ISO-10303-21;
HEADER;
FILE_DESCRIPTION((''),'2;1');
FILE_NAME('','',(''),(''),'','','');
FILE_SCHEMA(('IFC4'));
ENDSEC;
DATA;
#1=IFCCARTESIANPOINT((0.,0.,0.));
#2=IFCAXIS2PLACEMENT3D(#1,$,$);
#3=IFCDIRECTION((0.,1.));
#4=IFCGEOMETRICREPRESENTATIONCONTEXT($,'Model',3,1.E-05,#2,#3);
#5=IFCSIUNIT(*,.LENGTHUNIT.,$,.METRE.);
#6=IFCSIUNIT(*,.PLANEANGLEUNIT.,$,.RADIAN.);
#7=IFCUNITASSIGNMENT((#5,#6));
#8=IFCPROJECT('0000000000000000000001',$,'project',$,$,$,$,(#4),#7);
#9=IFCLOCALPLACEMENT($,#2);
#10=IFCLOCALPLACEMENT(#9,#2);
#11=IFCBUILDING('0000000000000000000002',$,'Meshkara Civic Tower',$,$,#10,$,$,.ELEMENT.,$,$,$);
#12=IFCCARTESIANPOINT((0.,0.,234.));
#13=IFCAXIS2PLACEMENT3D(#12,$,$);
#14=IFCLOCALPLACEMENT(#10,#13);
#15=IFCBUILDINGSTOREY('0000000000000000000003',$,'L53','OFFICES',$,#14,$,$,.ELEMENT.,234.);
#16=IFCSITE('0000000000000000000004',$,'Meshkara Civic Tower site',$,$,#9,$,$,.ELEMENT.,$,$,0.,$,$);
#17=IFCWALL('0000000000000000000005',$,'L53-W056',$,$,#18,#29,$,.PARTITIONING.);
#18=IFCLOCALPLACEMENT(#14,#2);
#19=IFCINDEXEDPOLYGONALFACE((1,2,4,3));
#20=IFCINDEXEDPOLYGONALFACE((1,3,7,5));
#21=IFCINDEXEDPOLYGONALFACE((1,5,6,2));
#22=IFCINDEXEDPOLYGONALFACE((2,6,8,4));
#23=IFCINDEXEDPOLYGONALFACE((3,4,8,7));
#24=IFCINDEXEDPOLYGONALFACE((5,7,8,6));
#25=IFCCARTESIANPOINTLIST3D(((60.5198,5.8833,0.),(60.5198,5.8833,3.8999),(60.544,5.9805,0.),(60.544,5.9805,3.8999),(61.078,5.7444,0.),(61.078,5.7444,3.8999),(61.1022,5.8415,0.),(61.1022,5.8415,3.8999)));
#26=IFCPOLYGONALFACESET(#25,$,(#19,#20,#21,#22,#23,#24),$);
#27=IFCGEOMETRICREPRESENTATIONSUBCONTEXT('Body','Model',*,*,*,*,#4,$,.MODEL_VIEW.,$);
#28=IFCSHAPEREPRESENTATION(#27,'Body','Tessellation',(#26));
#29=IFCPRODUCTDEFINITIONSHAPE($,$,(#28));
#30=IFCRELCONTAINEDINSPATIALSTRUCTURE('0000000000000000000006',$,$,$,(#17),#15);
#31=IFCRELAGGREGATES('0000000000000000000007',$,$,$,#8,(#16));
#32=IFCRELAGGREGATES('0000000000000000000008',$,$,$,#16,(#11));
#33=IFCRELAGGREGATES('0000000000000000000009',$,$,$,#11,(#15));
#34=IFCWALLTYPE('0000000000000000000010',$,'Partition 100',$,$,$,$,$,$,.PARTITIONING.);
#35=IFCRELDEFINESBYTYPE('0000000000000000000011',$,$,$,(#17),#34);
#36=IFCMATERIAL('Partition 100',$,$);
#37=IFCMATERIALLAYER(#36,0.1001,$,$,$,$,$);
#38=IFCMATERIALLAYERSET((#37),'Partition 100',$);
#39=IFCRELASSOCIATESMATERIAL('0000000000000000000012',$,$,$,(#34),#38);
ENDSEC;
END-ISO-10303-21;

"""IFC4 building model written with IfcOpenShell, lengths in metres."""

from ifc_helpers import new_model, si_unit, direction, frame, frame_2d, origin, place, context, subcontext, project, spatial, rectangle, extrude, material, layer, layer_set, type_object, element, save


model = new_model("IFC4")

# Units and contexts
model_context = context("Model", 3, precision=1e-05, world=origin(), true_north=direction((0.0, 1.0)))
body_context = subcontext(model_context, "Body", "Model", "MODEL_VIEW")
ifc_project = project(units=[si_unit("LENGTHUNIT", "METRE"), si_unit("PLANEANGLEUNIT", "RADIAN")], contexts=[model_context])

# Site, building, storey
site_placement = place(None, origin())
site = spatial("IfcSite", under=ifc_project, at=site_placement, Name="Meshkara Civic Tower site", CompositionType="ELEMENT", RefElevation=0.0)
building_placement = place(site_placement, origin())
building = spatial("IfcBuilding", under=site, at=building_placement, Name="Meshkara Civic Tower", CompositionType="ELEMENT")
storey_placement = place(building_placement, frame((0.0, 0.0, 234.0)))
storey = spatial("IfcBuildingStorey", under=building, at=storey_placement, Name="L53", Description="OFFICES", CompositionType="ELEMENT", Elevation=234.0)

# Wall
ifc_material_1 = material(Name="Partition 100")
ifc_layer_1 = layer(ifc_material_1, 0.1001)
ifc_layer_set_1 = layer_set([ifc_layer_1], Name="Partition 100")
wall_type_1 = type_object("IfcWallType", Name="Partition 100", PredefinedType="PARTITIONING", material=ifc_layer_set_1)
wall_1_placement = place(storey_placement, frame((61.0901, 5.793, 0.0), z_axis=(0.0, 0.0, 1.0), x_axis=(-0.970392, 0.241537, 0.0)))
element("IfcWall", 1, at=wall_1_placement, inside=storey, type_object=wall_type_1, Name="L53-W056", PredefinedType="PARTITIONING", context=body_context, shape_type="SweptSolid", body=[
    extrude(rectangle(XDim=0.5752, YDim=0.1001, at=frame_2d((0.2876, 0.0))), origin(), (0.0, 0.0, 1.0), 3.8999),
])

save(model, "model.ifc")
